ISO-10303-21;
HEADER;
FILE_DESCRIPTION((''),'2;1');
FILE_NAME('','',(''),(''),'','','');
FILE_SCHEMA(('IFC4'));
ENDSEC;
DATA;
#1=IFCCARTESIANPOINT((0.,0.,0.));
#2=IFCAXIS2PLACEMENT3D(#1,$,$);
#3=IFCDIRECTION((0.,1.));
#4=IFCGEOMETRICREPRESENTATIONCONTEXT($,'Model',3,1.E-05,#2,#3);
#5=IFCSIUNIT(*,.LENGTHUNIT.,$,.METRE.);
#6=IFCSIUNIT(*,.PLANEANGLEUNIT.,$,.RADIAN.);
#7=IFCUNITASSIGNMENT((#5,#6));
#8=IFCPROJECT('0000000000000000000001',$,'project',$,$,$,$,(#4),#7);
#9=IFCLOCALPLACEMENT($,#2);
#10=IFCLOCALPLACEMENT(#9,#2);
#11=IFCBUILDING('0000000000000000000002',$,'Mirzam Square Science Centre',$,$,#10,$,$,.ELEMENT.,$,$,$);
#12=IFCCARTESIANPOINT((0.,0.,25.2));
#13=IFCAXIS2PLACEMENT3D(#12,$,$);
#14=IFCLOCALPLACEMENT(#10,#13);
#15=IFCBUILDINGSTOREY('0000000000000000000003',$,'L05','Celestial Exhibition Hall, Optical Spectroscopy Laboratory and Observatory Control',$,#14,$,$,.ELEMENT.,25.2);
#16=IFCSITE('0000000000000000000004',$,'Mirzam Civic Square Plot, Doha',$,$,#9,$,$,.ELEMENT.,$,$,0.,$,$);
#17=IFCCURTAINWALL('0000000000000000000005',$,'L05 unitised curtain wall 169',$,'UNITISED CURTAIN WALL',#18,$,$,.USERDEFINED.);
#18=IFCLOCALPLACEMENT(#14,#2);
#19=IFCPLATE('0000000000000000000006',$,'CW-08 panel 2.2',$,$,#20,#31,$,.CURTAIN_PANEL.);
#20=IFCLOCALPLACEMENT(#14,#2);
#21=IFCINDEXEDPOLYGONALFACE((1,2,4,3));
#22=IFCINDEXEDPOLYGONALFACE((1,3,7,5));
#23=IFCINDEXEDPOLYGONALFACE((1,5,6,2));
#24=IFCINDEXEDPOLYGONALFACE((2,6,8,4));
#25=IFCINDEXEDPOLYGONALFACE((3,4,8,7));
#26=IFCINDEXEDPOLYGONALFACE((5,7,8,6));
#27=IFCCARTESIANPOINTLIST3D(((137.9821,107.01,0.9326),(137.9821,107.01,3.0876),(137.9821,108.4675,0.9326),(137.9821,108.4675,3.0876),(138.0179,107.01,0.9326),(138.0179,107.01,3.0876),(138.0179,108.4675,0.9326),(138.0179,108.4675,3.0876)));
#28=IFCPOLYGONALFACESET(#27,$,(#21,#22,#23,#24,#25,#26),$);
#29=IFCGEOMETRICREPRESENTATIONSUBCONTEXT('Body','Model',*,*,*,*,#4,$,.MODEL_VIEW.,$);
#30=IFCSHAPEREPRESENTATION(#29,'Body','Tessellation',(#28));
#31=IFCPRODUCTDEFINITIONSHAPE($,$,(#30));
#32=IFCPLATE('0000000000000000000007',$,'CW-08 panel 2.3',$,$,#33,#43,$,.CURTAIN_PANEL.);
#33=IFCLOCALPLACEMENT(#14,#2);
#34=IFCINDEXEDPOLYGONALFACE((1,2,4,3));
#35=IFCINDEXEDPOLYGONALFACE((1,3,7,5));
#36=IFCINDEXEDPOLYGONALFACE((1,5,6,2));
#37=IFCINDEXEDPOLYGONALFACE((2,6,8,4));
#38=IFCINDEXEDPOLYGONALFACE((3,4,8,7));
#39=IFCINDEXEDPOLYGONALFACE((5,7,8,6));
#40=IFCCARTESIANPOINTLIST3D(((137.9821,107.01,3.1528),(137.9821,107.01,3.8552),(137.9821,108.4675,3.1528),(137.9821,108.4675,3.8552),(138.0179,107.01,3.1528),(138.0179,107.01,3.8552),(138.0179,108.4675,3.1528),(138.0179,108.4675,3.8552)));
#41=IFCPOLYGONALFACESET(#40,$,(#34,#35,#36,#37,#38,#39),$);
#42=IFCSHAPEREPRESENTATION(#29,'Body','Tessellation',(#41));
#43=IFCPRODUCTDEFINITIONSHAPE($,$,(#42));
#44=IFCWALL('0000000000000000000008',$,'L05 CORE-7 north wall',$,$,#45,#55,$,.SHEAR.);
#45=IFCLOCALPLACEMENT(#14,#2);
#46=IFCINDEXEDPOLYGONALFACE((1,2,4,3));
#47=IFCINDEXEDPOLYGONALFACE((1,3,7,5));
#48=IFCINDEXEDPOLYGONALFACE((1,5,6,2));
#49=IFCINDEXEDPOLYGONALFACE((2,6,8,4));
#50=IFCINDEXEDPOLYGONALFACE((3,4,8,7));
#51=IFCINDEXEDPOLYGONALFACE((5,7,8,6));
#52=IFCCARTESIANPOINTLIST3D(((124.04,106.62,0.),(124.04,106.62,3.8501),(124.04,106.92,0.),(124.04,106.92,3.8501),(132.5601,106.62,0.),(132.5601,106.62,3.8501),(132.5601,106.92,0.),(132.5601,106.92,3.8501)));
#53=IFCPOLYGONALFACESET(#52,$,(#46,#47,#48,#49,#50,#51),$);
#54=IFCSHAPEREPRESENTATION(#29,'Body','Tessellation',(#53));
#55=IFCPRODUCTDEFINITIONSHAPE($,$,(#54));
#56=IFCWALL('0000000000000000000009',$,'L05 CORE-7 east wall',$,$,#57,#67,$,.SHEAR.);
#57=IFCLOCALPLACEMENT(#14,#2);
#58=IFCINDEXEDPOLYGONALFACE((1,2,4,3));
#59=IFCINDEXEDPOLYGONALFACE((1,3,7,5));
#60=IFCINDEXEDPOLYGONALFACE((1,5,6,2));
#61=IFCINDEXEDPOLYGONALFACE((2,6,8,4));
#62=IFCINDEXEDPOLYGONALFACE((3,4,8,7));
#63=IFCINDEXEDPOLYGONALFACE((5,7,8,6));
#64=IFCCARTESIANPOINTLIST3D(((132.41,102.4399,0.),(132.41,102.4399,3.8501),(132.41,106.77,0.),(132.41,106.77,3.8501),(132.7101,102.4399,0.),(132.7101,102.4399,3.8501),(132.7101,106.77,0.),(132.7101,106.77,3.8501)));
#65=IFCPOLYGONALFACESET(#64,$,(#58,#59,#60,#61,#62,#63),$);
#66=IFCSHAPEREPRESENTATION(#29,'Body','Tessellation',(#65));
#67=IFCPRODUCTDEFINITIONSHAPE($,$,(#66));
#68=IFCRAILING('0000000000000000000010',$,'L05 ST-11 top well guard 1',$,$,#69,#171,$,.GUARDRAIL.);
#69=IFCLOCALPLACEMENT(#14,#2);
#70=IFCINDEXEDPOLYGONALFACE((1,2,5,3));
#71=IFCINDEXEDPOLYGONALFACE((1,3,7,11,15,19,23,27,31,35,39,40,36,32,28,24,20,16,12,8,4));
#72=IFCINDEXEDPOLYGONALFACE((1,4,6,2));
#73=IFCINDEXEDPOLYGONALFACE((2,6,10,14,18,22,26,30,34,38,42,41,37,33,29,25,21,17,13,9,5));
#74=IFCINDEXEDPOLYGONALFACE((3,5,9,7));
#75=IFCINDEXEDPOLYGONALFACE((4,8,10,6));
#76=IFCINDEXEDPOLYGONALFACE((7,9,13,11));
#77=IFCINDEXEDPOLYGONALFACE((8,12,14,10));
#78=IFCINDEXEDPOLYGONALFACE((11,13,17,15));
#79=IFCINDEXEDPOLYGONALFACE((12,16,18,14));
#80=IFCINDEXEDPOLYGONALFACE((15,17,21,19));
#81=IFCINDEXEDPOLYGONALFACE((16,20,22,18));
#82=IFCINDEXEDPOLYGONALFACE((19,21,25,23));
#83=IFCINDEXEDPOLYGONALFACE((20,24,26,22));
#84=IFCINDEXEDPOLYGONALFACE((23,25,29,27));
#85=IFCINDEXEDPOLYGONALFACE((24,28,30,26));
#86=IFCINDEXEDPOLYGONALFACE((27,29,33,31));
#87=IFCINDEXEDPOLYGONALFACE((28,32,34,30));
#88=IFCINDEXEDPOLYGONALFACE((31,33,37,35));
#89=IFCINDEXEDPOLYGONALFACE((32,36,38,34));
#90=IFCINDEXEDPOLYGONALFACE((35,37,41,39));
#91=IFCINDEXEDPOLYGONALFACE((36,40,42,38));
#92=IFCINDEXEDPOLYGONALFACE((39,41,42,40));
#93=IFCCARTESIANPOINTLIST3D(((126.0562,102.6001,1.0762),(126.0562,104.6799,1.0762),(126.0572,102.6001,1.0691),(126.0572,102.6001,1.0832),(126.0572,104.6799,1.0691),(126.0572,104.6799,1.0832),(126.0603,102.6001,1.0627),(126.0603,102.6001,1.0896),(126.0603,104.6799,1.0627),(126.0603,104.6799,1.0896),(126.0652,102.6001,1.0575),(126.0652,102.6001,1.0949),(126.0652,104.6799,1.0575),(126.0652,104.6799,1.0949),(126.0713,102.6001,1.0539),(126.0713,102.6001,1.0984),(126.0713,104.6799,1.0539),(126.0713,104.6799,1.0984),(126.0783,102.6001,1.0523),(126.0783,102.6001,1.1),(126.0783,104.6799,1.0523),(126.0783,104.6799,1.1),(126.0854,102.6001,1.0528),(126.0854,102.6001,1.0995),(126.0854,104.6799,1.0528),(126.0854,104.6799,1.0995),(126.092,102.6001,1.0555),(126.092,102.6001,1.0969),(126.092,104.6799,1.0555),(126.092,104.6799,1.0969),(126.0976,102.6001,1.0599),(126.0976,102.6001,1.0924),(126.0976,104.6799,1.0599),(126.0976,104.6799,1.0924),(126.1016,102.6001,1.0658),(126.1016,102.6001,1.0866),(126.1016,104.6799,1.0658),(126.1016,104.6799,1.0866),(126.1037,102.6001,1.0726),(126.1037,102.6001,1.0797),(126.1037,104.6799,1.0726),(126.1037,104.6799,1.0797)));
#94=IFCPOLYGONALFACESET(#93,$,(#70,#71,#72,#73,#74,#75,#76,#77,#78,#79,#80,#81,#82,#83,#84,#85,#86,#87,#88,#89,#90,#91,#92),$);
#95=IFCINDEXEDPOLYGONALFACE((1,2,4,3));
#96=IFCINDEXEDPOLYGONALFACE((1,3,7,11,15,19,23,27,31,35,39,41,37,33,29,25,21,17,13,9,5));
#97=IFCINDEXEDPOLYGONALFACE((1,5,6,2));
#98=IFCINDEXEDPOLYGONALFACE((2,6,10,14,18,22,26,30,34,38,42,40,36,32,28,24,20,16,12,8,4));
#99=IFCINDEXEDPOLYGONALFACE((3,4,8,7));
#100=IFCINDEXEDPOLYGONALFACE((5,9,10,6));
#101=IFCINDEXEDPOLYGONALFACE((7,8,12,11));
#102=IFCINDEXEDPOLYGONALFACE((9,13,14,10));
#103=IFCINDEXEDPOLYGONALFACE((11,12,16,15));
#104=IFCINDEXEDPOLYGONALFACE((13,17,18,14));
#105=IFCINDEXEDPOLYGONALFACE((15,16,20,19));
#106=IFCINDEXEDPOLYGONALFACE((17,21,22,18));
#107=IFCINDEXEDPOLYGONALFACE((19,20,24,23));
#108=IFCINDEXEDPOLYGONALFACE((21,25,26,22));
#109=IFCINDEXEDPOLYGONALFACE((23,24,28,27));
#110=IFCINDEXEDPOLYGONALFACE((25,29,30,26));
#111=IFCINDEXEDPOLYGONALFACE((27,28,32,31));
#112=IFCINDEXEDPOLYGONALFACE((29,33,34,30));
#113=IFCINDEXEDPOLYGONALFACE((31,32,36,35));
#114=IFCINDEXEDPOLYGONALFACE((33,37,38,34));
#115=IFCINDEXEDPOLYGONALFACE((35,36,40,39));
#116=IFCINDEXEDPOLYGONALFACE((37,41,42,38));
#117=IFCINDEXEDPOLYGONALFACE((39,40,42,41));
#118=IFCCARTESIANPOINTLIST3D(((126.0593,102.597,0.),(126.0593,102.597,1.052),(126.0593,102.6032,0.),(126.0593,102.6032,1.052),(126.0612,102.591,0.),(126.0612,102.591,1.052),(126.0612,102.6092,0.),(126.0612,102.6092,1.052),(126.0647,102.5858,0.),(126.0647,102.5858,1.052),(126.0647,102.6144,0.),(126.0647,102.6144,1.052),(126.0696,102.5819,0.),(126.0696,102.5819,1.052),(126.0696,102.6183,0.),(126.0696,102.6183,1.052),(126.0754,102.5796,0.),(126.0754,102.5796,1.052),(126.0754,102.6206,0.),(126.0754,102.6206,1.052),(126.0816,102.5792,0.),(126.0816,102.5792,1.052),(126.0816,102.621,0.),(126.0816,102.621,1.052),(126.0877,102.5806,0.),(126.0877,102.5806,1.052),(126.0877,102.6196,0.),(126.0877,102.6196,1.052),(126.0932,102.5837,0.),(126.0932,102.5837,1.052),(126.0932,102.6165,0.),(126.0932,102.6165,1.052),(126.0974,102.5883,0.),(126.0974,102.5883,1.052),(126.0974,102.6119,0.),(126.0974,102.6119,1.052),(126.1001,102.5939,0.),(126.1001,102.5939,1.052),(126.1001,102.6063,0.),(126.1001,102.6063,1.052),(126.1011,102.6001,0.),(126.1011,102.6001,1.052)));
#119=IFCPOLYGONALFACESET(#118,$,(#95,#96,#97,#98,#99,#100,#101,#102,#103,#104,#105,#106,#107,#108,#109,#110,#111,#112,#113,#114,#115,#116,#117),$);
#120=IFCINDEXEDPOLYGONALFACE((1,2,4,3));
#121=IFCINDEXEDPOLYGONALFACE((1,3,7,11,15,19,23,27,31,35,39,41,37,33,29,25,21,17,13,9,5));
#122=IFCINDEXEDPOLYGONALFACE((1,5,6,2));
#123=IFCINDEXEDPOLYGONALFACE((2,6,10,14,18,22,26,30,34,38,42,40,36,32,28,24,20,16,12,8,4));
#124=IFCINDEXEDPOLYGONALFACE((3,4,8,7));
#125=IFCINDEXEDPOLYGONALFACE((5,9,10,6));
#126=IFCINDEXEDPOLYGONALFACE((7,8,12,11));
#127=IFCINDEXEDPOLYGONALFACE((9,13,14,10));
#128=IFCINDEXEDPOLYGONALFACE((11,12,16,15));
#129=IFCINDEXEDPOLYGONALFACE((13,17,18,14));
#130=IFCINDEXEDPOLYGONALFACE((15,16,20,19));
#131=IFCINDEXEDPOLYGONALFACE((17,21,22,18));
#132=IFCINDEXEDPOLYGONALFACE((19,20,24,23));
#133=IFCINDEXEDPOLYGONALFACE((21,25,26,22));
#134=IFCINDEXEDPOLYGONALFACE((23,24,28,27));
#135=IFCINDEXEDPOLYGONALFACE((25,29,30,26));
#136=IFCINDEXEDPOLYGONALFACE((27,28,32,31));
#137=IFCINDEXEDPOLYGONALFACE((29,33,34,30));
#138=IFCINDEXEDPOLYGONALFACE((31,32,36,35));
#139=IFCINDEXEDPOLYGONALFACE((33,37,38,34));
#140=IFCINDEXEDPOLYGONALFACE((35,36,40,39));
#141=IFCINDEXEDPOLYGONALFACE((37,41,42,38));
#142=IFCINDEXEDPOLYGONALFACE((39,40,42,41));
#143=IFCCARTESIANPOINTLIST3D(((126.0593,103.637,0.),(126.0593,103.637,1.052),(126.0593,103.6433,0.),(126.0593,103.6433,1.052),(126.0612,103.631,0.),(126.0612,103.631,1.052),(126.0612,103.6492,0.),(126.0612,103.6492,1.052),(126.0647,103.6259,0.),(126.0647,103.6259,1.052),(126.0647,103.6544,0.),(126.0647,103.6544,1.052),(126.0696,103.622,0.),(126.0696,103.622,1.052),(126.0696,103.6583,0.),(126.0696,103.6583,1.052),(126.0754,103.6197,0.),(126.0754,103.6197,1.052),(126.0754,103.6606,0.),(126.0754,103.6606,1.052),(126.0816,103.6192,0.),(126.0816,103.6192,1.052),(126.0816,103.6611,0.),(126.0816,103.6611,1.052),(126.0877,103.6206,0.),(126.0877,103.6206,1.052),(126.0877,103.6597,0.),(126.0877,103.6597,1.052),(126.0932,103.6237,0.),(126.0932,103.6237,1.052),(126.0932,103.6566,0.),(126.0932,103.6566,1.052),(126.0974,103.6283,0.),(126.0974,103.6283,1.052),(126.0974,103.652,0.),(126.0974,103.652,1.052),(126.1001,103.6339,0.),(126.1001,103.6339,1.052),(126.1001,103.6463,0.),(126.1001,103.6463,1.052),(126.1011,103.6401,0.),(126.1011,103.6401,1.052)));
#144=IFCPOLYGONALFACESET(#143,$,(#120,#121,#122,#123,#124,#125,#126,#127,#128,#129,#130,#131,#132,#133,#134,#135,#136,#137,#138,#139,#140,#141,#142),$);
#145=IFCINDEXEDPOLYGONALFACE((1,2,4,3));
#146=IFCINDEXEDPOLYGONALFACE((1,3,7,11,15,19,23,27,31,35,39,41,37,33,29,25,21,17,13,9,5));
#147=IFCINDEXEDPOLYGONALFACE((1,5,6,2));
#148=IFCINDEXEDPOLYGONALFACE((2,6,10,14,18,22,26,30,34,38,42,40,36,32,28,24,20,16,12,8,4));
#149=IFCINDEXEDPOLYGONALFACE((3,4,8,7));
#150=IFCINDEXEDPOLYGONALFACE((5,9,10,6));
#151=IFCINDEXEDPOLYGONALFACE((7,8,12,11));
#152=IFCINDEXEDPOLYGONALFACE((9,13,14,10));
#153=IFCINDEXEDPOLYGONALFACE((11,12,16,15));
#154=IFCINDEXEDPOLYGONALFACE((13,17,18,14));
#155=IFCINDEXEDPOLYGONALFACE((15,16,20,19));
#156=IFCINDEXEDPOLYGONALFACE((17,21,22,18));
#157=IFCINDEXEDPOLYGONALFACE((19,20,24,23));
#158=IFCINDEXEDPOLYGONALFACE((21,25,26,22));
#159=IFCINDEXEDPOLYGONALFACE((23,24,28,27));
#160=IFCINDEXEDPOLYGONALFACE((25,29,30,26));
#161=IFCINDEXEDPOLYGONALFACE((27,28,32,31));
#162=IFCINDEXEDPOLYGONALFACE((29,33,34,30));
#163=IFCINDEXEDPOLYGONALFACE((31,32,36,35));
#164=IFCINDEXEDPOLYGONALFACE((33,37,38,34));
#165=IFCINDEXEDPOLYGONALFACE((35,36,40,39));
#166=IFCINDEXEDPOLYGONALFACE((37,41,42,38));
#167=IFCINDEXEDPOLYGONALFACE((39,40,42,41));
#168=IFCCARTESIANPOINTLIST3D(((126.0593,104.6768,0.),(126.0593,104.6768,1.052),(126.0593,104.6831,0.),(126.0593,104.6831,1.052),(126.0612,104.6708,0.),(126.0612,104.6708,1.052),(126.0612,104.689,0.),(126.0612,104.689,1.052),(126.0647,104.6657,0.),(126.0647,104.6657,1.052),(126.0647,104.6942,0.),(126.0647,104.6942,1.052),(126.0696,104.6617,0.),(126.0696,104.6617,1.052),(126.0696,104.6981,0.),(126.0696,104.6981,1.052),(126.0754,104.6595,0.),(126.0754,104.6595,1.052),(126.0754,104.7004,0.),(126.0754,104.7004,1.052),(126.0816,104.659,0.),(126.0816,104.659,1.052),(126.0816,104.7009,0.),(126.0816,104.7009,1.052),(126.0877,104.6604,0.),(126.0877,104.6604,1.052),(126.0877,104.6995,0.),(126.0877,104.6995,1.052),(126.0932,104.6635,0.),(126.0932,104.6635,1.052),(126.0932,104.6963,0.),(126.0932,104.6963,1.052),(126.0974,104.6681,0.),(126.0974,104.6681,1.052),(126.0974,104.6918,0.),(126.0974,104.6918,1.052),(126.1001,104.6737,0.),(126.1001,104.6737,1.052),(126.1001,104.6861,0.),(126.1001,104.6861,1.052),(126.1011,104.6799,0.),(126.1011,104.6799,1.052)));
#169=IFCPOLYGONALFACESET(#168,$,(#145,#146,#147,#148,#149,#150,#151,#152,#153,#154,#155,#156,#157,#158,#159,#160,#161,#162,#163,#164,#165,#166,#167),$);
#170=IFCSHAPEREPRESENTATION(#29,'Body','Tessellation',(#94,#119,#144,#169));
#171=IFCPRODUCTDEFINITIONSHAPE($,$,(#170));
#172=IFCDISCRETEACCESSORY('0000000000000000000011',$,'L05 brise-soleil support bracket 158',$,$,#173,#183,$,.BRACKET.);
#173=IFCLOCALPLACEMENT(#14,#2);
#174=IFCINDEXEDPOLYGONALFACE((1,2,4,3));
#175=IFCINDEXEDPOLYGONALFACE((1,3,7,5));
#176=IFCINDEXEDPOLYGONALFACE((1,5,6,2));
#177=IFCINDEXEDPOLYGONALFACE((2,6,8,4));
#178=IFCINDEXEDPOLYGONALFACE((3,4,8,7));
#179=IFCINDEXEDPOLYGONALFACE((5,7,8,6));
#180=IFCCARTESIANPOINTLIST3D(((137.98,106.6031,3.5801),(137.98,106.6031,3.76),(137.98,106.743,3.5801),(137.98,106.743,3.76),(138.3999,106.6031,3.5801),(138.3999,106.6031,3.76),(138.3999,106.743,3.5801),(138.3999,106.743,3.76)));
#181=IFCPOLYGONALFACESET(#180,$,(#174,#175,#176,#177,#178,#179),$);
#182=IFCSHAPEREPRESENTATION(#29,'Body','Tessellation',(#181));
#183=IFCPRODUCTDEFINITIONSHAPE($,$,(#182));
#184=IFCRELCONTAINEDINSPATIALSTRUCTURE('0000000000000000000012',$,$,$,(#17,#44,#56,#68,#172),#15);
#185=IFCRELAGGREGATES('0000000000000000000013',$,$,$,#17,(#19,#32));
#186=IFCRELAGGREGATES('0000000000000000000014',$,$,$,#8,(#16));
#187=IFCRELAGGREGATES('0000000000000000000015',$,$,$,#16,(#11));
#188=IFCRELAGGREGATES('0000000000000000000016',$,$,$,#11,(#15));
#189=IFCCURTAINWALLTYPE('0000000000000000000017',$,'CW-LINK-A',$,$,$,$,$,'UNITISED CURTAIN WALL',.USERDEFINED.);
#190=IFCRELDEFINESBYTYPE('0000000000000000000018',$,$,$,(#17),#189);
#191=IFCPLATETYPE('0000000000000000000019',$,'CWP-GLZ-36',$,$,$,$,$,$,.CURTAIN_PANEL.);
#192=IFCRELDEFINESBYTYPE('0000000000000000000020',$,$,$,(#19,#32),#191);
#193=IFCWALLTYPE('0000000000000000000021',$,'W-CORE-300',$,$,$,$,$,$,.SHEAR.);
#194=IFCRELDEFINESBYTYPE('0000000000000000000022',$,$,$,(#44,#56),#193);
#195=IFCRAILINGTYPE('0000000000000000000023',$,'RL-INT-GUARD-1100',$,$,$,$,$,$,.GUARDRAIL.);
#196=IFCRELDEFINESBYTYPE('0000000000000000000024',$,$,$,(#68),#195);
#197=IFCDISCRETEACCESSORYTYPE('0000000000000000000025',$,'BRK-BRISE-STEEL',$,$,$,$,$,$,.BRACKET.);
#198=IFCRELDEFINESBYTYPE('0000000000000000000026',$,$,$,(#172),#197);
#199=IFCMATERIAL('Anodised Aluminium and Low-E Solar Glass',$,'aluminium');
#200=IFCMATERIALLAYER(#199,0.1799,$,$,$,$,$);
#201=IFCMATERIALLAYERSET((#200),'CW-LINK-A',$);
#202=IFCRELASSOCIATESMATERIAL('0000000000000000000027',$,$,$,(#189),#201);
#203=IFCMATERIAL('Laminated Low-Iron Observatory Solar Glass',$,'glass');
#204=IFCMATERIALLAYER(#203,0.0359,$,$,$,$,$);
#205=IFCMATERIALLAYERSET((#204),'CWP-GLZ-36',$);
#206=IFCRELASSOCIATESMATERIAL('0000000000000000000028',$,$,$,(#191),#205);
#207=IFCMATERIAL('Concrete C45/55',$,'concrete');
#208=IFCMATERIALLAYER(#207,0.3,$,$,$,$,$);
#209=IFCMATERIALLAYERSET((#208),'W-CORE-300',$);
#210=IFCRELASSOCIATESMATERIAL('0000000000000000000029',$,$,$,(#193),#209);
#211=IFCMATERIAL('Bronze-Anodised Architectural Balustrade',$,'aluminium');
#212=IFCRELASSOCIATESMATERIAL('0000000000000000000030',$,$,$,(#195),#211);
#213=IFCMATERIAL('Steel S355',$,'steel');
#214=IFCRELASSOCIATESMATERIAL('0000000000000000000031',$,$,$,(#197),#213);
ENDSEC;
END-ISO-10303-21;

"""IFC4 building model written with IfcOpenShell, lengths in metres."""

from ifc_helpers import new_model, si_unit, direction, frame, frame_2d, origin, origin_2d, place, context, subcontext, project, spatial, rectangle, circle, extrude, material, layer, layer_set, type_object, element, aggregate, save


model = new_model("IFC4")

# Units and contexts
model_context = context("Model", 3, precision=1e-05, world=origin(), true_north=direction((0.0, 1.0)))
body_context = subcontext(model_context, "Body", "Model", "MODEL_VIEW")
ifc_project = project(units=[si_unit("LENGTHUNIT", "METRE"), si_unit("PLANEANGLEUNIT", "RADIAN")], contexts=[model_context])

# Site, building, storey
site_placement = place(None, origin())
site = spatial("IfcSite", under=ifc_project, at=site_placement, Name="Mirzam Civic Square Plot, Doha", CompositionType="ELEMENT", RefElevation=0.0)
building_placement = place(site_placement, origin())
building = spatial("IfcBuilding", under=site, at=building_placement, Name="Mirzam Square Science Centre", CompositionType="ELEMENT")
storey_placement = place(building_placement, frame((0.0, 0.0, 25.2)))
storey = spatial("IfcBuildingStorey", under=building, at=storey_placement, Name="L05", Description="Celestial Exhibition Hall, Optical Spectroscopy Laboratory and Observatory Control", CompositionType="ELEMENT", Elevation=25.2)

# Shared definitions
ifc_material_1 = material(Name="Steel S355", Category="steel")

# Curtain wall
ifc_material_2 = material(Name="Anodised Aluminium and Low-E Solar Glass", Category="aluminium")
ifc_layer_1 = layer(ifc_material_2, 0.1799)
ifc_layer_set_1 = layer_set([ifc_layer_1], Name="CW-LINK-A")
curtain_wall_type = type_object("IfcCurtainWallType", Name="CW-LINK-A", ElementType="UNITISED CURTAIN WALL", PredefinedType="USERDEFINED", material=ifc_layer_set_1)
curtain_wall_placement = place(storey_placement, origin())
curtain_wall = element("IfcCurtainWall", 1, at=curtain_wall_placement, inside=storey, type_object=curtain_wall_type, Name="L05 unitised curtain wall 169", ObjectType="UNITISED CURTAIN WALL", PredefinedType="USERDEFINED")

# Plates
ifc_material_3 = material(Name="Laminated Low-Iron Observatory Solar Glass", Category="glass")
ifc_layer_2 = layer(ifc_material_3, 0.0359)
ifc_layer_set_2 = layer_set([ifc_layer_2], Name="CWP-GLZ-36")
plate_type = type_object("IfcPlateType", Name="CWP-GLZ-36", PredefinedType="CURTAIN_PANEL", material=ifc_layer_set_2)
plate_1_placement = place(storey_placement, frame((138.0, 107.7388, 0.9326), z_axis=(0.0, 0.0, 1.0), x_axis=(0.0, 1.0, 0.0)))
plate_1 = element("IfcPlate", 2, at=plate_1_placement, type_object=plate_type, Name="CW-08 panel 2.2", PredefinedType="CURTAIN_PANEL", context=body_context, shape_type="SweptSolid", body=[
    extrude(rectangle(XDim=1.4575, YDim=0.0359, at=origin_2d()), origin(), (0.0, 0.0, 1.0), 2.155),
])
plate_2_placement = place(storey_placement, frame((138.0, 107.7388, 3.1528), z_axis=(0.0, 0.0, 1.0), x_axis=(0.0, 1.0, 0.0)))
plate_2 = element("IfcPlate", 3, at=plate_2_placement, type_object=plate_type, Name="CW-08 panel 2.3", PredefinedType="CURTAIN_PANEL", context=body_context, shape_type="SweptSolid", body=[
    extrude(rectangle(XDim=1.4575, YDim=0.0359, at=origin_2d()), origin(), (0.0, 0.0, 1.0), 0.7024),
])
aggregate(curtain_wall, [plate_1, plate_2])

# Walls
ifc_material_4 = material(Name="Concrete C45/55", Category="concrete")
ifc_layer_3 = layer(ifc_material_4, 0.3)
ifc_layer_set_3 = layer_set([ifc_layer_3], Name="W-CORE-300")
wall_type = type_object("IfcWallType", Name="W-CORE-300", PredefinedType="SHEAR", material=ifc_layer_set_3)
wall_1_placement = place(storey_placement, frame((132.5601, 106.77, 0.0), z_axis=(0.0, 0.0, 1.0), x_axis=(-1.0, 0.0, 0.0)))
element("IfcWall", 4, at=wall_1_placement, inside=storey, type_object=wall_type, Name="L05 CORE-7 north wall", PredefinedType="SHEAR", context=body_context, shape_type="SweptSolid", body=[
    extrude(rectangle(XDim=8.52, YDim=0.3, at=frame_2d((4.26, 0.0))), origin(), (0.0, 0.0, 1.0), 3.8501),
])
wall_2_placement = place(storey_placement, frame((132.5601, 102.4399, 0.0), z_axis=(0.0, 0.0, 1.0), x_axis=(0.0, 1.0, 0.0)))
element("IfcWall", 5, at=wall_2_placement, inside=storey, type_object=wall_type, Name="L05 CORE-7 east wall", PredefinedType="SHEAR", context=body_context, shape_type="SweptSolid", body=[
    extrude(rectangle(XDim=4.3301, YDim=0.3, at=frame_2d((2.165, 0.0))), origin(), (0.0, 0.0, 1.0), 3.8501),
])

# Railing
ifc_material_5 = material(Name="Bronze-Anodised Architectural Balustrade", Category="aluminium")
railing_type = type_object("IfcRailingType", Name="RL-INT-GUARD-1100", PredefinedType="GUARDRAIL", material=ifc_material_5)
railing_placement = place(storey_placement, frame((126.0801, 102.6001, 0.0)))
element("IfcRailing", 6, at=railing_placement, inside=storey, type_object=railing_type, Name="L05 ST-11 top well guard 1", PredefinedType="GUARDRAIL", context=body_context, shape_type="SweptSolid", body=[
    extrude(circle(Radius=0.0239, at=origin_2d()), frame((0.0, 0.0, 1.0762), z_axis=(0.0, 1.0, 0.0), x_axis=(-1.0, 0.0, 0.0)), (0.0, 0.0, 1.0), 2.0798),
    extrude(circle(Radius=0.021, at=origin_2d()), origin(), (0.0, 0.0, 1.0), 1.052),
    extrude(circle(Radius=0.021, at=origin_2d()), frame((0.0, 1.04, 0.0)), (0.0, 0.0, 1.0), 1.052),
    extrude(circle(Radius=0.021, at=origin_2d()), frame((0.0, 2.0798, 0.0)), (0.0, 0.0, 1.0), 1.052),
])

# Discrete accessory
discrete_accessory_type = type_object("IfcDiscreteAccessoryType", Name="BRK-BRISE-STEEL", PredefinedType="BRACKET", material=ifc_material_1)
discrete_accessory_placement = place(storey_placement, frame((138.1899, 106.6731, 3.5801), z_axis=(0.0, 0.0, 1.0), x_axis=(0.0, 1.0, 0.0)))
element("IfcDiscreteAccessory", 7, at=discrete_accessory_placement, inside=storey, type_object=discrete_accessory_type, Name="L05 brise-soleil support bracket 158", PredefinedType="BRACKET", context=body_context, shape_type="SweptSolid", body=[
    extrude(rectangle(XDim=0.1399, YDim=0.4199, at=origin_2d()), origin(), (0.0, 0.0, 1.0), 0.1799),
])

save(model, "model.ifc")
